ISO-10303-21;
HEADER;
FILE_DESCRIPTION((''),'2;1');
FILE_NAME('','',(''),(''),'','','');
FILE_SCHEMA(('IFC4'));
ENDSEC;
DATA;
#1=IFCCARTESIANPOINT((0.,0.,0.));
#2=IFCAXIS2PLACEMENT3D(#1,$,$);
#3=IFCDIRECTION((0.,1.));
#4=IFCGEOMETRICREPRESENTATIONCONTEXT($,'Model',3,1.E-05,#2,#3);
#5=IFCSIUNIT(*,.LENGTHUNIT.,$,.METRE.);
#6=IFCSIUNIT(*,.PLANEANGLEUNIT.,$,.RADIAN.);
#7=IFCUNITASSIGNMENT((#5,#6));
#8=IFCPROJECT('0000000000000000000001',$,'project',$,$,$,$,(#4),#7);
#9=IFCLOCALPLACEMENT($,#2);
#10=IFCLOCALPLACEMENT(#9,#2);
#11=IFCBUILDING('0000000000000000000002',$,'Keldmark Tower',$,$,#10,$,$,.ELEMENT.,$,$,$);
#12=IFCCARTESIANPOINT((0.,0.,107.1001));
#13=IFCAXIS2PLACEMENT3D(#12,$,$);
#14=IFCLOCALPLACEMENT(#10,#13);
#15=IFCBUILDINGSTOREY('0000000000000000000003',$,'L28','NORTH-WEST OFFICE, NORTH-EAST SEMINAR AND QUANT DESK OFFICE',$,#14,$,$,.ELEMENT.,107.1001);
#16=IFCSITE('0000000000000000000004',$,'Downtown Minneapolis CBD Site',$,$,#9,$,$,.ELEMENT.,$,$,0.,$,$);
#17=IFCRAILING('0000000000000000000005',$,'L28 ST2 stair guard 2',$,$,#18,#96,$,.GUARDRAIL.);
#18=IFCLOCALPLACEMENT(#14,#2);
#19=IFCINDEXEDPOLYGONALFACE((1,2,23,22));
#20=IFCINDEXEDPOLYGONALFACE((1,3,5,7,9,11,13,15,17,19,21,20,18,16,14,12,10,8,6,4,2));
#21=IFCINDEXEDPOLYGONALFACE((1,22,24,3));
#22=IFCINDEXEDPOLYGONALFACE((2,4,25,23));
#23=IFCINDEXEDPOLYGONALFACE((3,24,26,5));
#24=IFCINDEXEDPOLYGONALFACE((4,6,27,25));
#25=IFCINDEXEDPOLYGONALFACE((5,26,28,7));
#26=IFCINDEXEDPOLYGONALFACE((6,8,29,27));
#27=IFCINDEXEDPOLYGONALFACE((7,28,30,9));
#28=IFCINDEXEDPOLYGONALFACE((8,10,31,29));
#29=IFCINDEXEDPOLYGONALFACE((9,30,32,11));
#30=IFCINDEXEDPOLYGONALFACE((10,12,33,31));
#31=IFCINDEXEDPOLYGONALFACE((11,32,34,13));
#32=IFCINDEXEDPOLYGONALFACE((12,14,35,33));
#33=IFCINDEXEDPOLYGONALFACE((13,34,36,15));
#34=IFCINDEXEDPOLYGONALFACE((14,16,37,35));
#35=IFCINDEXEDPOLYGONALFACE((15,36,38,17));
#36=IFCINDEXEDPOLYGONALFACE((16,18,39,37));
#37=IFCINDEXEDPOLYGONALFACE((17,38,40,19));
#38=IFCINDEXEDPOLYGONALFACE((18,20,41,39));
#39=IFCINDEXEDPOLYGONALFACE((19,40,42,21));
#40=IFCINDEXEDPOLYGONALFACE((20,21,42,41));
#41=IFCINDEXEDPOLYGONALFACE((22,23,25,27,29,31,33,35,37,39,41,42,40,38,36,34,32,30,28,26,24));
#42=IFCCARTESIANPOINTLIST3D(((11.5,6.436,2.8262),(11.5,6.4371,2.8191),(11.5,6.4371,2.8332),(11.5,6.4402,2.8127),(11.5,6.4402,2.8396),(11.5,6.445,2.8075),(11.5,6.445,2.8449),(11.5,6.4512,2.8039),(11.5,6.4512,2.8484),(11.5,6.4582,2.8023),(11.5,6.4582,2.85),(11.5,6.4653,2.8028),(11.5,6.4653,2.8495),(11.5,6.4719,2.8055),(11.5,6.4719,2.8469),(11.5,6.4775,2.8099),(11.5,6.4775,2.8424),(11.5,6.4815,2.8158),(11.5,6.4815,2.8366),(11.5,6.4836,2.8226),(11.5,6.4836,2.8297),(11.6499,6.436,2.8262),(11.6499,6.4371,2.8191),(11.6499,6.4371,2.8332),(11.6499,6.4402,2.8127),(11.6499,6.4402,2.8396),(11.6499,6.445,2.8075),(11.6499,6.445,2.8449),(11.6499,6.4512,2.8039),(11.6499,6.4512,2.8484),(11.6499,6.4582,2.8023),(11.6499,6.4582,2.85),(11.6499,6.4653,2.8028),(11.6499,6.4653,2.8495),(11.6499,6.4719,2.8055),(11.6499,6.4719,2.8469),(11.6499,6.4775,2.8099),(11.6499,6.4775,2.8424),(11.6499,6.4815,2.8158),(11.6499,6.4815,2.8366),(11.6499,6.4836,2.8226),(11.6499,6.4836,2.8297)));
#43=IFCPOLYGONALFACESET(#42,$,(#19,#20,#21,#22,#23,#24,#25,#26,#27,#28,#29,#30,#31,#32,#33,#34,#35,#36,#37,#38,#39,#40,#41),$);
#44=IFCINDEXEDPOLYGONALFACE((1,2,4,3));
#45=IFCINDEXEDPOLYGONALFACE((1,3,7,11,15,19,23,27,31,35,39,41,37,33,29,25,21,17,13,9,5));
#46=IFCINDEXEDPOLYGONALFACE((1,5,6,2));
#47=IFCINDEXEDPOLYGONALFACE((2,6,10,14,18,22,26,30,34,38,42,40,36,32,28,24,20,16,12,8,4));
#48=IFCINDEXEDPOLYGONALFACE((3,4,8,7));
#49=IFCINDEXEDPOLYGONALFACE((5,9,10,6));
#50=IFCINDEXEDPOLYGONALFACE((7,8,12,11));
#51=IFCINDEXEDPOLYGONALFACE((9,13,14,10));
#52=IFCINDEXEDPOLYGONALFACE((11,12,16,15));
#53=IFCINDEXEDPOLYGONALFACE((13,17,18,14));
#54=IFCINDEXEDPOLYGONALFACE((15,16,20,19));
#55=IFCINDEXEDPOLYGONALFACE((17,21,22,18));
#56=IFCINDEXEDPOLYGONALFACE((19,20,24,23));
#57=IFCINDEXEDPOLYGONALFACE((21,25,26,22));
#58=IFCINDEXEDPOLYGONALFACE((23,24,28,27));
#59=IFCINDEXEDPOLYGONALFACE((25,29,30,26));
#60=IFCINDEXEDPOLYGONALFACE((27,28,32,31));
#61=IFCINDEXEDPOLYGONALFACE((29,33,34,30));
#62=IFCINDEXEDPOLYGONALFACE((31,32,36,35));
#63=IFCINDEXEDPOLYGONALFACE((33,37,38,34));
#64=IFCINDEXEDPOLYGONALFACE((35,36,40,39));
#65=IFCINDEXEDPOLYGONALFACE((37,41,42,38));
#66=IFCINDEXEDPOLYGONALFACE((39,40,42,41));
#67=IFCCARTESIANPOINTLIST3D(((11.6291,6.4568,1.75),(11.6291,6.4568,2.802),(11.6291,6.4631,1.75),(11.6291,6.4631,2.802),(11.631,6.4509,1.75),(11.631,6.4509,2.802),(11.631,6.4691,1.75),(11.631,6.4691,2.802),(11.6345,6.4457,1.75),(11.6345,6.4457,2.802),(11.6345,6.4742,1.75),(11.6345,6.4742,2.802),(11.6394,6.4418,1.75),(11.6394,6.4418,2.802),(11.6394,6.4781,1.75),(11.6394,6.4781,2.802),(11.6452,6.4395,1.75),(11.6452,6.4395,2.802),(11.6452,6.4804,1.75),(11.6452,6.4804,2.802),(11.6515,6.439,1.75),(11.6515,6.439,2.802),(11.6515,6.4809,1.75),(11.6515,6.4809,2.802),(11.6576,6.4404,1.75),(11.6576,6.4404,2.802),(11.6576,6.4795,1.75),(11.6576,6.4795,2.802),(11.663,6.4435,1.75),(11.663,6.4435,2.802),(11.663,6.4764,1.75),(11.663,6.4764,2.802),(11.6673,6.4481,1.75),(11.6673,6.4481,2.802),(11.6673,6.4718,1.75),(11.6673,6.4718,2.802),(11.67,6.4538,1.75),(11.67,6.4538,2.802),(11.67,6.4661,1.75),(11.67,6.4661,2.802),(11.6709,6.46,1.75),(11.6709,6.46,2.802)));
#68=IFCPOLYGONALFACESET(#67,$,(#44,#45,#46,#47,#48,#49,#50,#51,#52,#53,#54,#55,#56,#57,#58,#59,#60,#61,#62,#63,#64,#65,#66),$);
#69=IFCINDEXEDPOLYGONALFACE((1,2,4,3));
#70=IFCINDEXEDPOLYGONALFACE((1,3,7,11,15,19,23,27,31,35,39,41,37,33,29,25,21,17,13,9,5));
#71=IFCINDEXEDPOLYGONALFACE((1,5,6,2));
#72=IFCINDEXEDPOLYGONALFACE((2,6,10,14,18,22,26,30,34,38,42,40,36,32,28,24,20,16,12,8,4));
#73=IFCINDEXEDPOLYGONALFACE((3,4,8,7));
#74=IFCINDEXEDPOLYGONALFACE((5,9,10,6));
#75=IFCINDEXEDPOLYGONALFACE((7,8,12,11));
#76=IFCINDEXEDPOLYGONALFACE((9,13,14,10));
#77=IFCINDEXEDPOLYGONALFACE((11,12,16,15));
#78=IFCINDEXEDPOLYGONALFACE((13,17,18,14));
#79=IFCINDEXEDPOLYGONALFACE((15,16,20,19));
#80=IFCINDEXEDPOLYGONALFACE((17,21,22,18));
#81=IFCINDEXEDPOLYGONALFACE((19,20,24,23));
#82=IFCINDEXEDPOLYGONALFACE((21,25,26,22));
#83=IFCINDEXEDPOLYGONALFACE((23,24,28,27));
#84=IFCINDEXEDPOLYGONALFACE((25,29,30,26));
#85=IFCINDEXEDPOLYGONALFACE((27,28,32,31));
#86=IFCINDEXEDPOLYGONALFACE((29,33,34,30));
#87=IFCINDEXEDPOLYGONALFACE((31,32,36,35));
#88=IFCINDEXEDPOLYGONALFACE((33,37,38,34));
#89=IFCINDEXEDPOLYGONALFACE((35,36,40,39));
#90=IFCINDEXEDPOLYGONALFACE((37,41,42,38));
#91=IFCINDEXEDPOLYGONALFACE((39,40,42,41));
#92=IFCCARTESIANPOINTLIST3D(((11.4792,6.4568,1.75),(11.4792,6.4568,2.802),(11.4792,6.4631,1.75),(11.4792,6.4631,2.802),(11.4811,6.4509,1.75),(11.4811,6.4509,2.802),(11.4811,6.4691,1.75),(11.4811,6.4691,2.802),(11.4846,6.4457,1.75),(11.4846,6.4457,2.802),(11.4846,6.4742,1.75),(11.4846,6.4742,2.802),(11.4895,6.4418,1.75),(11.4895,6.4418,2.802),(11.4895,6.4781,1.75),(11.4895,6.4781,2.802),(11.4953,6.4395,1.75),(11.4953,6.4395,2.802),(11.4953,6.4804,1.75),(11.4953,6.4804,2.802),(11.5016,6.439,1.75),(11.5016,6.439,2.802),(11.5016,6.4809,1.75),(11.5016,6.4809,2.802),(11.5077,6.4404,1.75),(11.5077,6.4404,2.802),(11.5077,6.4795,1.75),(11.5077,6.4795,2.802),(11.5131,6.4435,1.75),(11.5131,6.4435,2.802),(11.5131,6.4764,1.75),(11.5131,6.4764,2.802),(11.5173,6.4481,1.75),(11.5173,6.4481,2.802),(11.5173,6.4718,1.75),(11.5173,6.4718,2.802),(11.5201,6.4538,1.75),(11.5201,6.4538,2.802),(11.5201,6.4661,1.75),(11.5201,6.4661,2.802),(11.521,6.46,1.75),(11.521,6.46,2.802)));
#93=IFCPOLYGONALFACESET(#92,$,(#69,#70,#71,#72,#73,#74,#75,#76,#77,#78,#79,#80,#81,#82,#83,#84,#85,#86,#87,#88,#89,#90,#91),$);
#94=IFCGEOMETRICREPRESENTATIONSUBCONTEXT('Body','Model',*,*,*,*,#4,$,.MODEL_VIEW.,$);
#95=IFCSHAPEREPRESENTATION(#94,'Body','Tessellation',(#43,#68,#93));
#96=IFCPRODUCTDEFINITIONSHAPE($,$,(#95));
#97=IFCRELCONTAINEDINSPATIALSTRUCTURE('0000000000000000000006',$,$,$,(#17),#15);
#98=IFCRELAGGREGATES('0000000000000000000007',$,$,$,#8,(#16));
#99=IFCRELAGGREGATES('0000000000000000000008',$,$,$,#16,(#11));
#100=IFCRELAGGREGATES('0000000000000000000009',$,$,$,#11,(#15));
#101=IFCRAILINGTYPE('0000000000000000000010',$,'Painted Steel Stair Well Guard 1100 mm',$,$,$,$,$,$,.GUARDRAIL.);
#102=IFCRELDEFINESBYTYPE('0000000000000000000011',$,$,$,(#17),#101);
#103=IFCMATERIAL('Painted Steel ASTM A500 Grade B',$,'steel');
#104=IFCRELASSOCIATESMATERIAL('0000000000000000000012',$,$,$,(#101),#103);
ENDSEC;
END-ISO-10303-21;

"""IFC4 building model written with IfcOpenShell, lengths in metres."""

from ifc_helpers import new_model, si_unit, direction, frame, origin, origin_2d, place, context, subcontext, project, spatial, circle, extrude, material, type_object, element, save


model = new_model("IFC4")

# Units and contexts
model_context = context("Model", 3, precision=1e-05, world=origin(), true_north=direction((0.0, 1.0)))
body_context = subcontext(model_context, "Body", "Model", "MODEL_VIEW")
ifc_project = project(units=[si_unit("LENGTHUNIT", "METRE"), si_unit("PLANEANGLEUNIT", "RADIAN")], contexts=[model_context])

# Site, building, storey
site_placement = place(None, origin())
site = spatial("IfcSite", under=ifc_project, at=site_placement, Name="Downtown Minneapolis CBD Site", CompositionType="ELEMENT", RefElevation=0.0)
building_placement = place(site_placement, origin())
building = spatial("IfcBuilding", under=site, at=building_placement, Name="Keldmark Tower", CompositionType="ELEMENT")
storey_placement = place(building_placement, frame((0.0, 0.0, 107.1001)))
storey = spatial("IfcBuildingStorey", under=building, at=storey_placement, Name="L28", Description="NORTH-WEST OFFICE, NORTH-EAST SEMINAR AND QUANT DESK OFFICE", CompositionType="ELEMENT", Elevation=107.1001)

# Railing
ifc_material_1 = material(Name="Painted Steel ASTM A500 Grade B", Category="steel")
railing_type_1 = type_object("IfcRailingType", Name="Painted Steel Stair Well Guard 1100 mm", PredefinedType="GUARDRAIL", material=ifc_material_1)
railing_1_placement = place(storey_placement, frame((11.6499, 6.46, 1.75)))
element("IfcRailing", 1, at=railing_1_placement, inside=storey, type_object=railing_type_1, Name="L28 ST2 stair guard 2", PredefinedType="GUARDRAIL", context=body_context, shape_type="SweptSolid", body=[
    extrude(circle(Radius=0.0239, at=origin_2d()), frame((0.0, 0.0, 1.0762), z_axis=(-1.0, 0.0, 0.0), x_axis=(0.0, -1.0, 0.0)), (0.0, 0.0, 1.0), 0.1499),
    extrude(circle(Radius=0.021, at=origin_2d()), origin(), (0.0, 0.0, 1.0), 1.052),
    extrude(circle(Radius=0.021, at=origin_2d()), frame((-0.1499, 0.0, 0.0)), (0.0, 0.0, 1.0), 1.052),
])

save(model, "model.ifc")
